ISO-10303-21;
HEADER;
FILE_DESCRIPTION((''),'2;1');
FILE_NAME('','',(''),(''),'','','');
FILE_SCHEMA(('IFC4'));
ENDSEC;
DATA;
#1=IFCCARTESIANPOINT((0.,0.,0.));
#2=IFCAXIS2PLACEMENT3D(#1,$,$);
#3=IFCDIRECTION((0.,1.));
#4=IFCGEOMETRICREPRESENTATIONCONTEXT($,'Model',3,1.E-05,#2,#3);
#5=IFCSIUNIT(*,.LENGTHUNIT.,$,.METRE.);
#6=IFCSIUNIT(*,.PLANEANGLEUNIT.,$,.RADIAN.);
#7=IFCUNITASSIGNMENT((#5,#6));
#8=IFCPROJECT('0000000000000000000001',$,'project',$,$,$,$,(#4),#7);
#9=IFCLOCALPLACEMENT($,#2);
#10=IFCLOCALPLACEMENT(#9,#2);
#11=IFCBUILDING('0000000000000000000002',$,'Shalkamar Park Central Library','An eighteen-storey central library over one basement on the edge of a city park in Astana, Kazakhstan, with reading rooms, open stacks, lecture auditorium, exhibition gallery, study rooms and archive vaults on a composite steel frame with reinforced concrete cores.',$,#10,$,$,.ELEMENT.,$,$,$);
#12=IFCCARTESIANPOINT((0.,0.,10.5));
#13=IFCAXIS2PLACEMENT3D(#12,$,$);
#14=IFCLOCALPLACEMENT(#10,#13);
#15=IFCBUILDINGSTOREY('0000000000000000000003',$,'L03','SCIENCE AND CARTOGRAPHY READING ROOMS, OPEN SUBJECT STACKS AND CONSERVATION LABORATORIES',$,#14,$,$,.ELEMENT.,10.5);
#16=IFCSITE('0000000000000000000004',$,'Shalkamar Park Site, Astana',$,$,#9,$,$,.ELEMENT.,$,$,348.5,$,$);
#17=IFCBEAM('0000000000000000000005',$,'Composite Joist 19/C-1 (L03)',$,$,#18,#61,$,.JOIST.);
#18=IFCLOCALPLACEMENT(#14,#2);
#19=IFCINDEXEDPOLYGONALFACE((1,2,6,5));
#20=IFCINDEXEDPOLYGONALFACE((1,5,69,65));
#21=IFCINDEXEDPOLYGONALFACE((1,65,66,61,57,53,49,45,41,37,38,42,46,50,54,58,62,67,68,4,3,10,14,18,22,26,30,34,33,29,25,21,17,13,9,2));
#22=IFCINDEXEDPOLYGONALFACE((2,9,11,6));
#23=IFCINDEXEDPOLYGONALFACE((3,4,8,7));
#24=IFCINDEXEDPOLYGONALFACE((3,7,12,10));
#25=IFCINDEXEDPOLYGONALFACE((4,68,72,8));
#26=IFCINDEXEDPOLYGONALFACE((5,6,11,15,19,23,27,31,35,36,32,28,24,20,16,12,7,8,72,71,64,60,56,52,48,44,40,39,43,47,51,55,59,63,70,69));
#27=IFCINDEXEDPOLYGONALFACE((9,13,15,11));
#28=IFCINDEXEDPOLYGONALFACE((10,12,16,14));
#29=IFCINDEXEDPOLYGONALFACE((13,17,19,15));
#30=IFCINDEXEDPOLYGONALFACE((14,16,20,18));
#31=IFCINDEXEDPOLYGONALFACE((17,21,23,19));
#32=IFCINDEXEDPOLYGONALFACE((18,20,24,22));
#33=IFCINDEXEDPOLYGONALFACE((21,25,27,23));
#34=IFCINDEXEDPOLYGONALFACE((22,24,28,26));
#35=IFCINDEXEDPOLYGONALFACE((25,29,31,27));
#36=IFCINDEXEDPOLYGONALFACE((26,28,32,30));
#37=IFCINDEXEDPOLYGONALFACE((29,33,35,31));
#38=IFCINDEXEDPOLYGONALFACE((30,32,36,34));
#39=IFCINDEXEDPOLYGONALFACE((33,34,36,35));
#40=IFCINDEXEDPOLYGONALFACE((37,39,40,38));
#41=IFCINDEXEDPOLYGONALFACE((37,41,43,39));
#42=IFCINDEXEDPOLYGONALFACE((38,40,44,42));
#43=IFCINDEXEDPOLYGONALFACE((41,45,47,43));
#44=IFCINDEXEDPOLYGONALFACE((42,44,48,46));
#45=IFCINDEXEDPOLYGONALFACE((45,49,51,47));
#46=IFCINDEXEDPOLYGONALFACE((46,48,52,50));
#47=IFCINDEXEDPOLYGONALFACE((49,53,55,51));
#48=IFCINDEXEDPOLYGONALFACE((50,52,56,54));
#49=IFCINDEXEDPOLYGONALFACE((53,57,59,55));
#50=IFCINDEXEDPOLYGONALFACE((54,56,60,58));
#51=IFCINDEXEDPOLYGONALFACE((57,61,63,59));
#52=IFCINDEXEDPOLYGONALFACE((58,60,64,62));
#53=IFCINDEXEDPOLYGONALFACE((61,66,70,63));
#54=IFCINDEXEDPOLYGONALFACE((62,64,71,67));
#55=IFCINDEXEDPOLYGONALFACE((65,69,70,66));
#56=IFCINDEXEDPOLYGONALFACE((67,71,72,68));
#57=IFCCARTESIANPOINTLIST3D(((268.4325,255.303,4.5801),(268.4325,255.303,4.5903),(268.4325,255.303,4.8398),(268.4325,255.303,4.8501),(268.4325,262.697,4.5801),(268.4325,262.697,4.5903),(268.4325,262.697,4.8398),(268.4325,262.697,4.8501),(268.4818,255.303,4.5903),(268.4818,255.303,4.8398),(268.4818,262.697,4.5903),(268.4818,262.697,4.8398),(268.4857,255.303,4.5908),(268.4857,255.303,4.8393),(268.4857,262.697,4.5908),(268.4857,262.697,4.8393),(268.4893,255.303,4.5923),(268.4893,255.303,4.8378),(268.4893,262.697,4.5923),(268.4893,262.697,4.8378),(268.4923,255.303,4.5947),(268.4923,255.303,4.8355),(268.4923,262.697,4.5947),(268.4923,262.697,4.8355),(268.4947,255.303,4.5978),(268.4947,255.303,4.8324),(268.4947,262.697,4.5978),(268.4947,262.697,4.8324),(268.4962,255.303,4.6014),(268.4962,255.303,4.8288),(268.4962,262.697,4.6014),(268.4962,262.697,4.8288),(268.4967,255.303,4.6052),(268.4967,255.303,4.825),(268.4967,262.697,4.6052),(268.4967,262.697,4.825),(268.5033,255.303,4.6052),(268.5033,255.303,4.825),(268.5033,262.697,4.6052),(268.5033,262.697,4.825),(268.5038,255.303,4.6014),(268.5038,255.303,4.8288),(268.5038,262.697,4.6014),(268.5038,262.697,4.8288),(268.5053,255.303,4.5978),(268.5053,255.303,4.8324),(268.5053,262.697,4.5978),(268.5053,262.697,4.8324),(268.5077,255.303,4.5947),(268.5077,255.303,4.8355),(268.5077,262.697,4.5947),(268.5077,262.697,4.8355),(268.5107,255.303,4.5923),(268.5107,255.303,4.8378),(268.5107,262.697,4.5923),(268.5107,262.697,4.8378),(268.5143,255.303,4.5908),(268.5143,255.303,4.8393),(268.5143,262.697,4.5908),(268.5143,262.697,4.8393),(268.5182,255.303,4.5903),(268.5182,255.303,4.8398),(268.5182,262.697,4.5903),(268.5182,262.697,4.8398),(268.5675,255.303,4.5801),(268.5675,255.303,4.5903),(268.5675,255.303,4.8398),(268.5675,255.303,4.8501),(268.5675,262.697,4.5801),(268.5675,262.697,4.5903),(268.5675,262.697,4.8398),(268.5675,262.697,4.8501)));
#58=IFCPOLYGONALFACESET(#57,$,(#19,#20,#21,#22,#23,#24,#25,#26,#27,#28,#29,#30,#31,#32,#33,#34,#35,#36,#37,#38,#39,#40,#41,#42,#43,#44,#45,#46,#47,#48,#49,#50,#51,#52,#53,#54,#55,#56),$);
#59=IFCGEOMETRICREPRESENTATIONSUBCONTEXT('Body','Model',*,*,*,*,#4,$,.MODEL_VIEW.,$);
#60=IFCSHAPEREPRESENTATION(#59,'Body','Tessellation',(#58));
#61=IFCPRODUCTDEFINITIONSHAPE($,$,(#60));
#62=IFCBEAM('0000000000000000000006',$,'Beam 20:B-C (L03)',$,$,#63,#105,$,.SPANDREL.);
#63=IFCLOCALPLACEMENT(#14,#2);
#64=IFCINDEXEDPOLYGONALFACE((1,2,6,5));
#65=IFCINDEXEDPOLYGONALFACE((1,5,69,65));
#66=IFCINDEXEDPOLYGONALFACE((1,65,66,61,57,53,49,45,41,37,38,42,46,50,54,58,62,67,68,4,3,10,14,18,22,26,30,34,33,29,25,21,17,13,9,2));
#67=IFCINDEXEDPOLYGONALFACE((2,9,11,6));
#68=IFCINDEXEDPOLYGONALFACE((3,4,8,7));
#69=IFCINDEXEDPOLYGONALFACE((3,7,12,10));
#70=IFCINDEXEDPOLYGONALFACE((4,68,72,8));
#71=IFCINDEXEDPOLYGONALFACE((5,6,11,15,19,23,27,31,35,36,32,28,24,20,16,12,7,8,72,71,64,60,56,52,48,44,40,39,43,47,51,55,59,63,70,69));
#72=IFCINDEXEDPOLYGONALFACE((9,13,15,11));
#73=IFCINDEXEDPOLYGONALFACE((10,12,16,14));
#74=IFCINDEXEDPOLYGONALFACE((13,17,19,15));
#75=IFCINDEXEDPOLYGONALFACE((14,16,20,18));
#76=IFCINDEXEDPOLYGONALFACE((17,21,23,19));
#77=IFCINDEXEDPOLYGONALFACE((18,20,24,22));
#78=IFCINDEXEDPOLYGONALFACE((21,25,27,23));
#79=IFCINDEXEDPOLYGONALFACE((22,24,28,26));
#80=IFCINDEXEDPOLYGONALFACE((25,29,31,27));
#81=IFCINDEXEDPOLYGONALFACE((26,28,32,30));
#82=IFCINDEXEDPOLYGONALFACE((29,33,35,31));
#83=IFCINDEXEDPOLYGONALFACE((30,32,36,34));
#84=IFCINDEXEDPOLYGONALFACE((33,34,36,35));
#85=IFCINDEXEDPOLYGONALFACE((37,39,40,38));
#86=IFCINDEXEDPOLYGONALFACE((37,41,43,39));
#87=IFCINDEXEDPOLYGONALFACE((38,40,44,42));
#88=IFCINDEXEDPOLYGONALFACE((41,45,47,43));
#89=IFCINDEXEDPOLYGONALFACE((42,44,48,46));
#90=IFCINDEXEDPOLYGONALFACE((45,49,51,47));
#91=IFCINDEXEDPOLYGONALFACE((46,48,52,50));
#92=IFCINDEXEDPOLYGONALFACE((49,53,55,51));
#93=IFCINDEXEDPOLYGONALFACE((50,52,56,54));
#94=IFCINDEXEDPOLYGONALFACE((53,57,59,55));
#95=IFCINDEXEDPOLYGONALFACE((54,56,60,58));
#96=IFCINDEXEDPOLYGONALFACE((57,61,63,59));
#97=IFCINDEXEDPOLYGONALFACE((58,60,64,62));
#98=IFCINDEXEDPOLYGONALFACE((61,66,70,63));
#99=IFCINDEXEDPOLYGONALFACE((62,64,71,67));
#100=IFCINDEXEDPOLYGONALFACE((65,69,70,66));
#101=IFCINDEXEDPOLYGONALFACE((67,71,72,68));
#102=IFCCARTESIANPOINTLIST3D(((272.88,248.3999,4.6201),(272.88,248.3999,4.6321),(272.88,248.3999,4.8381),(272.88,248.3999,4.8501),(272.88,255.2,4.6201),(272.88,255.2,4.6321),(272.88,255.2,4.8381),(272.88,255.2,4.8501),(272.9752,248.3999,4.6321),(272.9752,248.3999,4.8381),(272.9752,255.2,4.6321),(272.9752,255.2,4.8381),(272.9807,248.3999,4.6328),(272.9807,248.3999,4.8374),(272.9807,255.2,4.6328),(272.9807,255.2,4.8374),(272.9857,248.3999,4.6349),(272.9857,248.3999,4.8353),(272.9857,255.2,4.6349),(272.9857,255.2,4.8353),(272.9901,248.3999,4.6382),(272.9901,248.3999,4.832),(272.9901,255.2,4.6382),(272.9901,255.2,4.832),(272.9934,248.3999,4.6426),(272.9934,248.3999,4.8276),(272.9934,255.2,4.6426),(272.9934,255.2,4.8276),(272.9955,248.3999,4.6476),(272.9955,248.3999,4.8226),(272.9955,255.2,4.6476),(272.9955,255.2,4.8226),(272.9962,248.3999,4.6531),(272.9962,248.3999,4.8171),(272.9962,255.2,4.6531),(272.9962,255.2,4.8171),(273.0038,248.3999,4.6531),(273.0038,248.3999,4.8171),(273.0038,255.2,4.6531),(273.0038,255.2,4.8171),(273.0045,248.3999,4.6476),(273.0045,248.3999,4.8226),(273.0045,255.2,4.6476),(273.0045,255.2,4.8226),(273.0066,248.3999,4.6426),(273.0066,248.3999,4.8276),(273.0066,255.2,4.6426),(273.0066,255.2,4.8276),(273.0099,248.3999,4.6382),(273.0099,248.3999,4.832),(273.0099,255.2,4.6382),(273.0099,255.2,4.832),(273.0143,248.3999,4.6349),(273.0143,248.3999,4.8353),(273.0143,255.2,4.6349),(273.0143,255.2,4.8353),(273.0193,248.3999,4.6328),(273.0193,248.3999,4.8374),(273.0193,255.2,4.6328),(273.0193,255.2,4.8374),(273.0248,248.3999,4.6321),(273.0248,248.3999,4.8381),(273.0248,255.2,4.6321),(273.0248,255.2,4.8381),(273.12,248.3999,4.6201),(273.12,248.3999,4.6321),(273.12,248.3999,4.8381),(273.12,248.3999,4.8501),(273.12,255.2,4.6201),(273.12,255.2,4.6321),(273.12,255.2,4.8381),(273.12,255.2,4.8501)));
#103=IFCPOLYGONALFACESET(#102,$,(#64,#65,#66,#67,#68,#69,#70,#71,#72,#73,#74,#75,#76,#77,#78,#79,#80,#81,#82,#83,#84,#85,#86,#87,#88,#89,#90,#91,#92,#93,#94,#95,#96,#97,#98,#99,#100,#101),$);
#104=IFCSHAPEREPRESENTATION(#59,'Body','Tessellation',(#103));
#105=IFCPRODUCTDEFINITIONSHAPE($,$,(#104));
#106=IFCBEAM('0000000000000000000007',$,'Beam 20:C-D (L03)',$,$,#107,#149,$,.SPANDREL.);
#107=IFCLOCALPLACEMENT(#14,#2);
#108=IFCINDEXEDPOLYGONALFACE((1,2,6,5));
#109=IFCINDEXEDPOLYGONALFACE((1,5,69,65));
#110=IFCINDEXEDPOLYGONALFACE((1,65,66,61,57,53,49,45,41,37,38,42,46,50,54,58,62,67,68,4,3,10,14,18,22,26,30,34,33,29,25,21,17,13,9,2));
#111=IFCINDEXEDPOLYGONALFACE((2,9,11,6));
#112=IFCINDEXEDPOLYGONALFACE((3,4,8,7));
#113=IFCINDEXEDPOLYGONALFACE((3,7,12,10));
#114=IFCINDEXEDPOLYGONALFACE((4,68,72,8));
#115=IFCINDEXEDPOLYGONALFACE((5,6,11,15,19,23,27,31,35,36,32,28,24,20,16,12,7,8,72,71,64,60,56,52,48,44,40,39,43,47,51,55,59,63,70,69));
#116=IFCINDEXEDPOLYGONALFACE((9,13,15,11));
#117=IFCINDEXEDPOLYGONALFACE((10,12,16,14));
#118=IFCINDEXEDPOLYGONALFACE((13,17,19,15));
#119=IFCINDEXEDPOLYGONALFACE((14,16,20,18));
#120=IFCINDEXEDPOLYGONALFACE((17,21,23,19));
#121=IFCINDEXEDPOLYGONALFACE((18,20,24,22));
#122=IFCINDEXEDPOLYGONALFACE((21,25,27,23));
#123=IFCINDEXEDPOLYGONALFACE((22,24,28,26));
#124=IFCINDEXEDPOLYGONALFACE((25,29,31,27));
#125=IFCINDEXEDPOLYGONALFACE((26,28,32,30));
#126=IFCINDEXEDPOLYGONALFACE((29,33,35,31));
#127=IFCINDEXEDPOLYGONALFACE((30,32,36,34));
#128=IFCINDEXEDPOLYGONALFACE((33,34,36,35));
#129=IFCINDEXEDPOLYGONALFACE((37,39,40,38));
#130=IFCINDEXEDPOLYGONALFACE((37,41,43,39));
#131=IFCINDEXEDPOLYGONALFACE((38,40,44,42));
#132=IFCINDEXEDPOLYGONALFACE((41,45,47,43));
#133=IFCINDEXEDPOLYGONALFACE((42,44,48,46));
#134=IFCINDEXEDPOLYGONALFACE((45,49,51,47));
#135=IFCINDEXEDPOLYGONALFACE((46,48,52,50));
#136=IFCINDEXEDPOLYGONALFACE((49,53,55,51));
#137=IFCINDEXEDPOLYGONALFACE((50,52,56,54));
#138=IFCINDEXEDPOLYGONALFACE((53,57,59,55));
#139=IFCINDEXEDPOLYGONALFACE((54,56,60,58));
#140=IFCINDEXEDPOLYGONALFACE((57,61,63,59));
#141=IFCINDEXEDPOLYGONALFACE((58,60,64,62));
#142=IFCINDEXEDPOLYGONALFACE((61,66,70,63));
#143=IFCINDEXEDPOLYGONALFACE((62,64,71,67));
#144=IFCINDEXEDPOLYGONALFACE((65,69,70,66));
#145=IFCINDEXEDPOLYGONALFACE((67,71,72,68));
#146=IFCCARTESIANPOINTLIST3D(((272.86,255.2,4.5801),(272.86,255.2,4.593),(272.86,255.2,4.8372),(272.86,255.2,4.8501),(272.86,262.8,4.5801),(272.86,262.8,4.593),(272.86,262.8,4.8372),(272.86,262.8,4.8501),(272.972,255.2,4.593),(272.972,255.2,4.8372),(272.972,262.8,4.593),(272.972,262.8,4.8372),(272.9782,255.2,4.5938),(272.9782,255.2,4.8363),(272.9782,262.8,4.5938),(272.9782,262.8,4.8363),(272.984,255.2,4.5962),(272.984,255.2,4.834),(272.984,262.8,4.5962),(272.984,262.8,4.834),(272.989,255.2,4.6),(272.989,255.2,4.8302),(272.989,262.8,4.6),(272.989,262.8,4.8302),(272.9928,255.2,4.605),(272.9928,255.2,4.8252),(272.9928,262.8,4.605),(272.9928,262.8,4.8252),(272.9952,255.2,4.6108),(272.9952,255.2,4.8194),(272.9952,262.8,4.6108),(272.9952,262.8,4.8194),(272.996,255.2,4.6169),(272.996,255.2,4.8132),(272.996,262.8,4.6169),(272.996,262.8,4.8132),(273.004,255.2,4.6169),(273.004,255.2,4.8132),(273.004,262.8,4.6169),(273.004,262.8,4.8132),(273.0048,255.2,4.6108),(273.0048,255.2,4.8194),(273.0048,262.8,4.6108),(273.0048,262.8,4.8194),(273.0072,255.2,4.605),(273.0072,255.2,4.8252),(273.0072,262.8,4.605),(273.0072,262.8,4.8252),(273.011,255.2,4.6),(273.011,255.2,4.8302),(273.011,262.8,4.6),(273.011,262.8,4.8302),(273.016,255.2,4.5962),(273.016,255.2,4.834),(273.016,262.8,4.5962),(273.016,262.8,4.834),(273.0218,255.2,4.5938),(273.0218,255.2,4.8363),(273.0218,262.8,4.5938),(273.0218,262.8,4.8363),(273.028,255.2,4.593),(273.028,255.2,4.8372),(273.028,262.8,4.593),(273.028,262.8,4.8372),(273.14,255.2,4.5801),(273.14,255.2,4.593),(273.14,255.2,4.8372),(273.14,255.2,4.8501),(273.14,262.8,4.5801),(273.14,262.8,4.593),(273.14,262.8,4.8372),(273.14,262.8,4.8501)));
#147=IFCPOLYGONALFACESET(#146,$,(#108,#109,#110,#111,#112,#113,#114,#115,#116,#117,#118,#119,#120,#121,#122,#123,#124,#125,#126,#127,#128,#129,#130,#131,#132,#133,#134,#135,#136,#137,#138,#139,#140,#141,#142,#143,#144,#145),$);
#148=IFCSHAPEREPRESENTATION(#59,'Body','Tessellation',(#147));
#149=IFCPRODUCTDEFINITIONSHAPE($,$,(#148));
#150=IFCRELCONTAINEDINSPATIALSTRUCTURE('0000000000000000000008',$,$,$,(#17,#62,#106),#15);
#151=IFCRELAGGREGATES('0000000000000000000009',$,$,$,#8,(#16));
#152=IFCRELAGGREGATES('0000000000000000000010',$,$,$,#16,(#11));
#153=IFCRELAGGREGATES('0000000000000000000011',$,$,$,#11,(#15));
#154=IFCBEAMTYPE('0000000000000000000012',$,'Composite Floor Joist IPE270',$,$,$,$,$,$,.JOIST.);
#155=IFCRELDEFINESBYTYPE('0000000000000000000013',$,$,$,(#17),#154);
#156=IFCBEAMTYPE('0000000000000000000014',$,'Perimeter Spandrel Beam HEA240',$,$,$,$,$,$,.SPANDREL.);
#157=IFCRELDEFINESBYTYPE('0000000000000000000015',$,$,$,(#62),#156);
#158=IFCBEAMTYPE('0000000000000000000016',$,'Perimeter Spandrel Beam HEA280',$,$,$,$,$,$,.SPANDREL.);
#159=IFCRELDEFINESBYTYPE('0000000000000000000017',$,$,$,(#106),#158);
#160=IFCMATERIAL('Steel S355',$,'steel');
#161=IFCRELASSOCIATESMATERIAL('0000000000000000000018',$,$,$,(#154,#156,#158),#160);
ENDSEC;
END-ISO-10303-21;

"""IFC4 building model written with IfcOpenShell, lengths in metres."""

from ifc_helpers import new_model, si_unit, direction, frame, origin, origin_2d, place, context, subcontext, project, spatial, i_section, extrude, material, material_profile, profile_set, type_object, element, save


model = new_model("IFC4")

# Units and contexts
model_context = context("Model", 3, precision=1e-05, world=origin(), true_north=direction((0.0, 1.0)))
body_context = subcontext(model_context, "Body", "Model", "MODEL_VIEW")
ifc_project = project(units=[si_unit("LENGTHUNIT", "METRE"), si_unit("PLANEANGLEUNIT", "RADIAN")], contexts=[model_context])

# Site, building, storey
site_placement = place(None, origin())
site = spatial("IfcSite", under=ifc_project, at=site_placement, Name="Shalkamar Park Site, Astana", CompositionType="ELEMENT", RefElevation=348.5)
building_placement = place(site_placement, origin())
building = spatial("IfcBuilding", under=site, at=building_placement, Name="Shalkamar Park Central Library", Description="An eighteen-storey central library over one basement on the edge of a city park in Astana, Kazakhstan, with reading rooms, open stacks, lecture auditorium, exhibition gallery, study rooms and archive vaults on a composite steel frame with reinforced concrete cores.", CompositionType="ELEMENT")
storey_placement = place(building_placement, frame((0.0, 0.0, 10.5)))
storey = spatial("IfcBuildingStorey", under=building, at=storey_placement, Name="L03", Description="SCIENCE AND CARTOGRAPHY READING ROOMS, OPEN SUBJECT STACKS AND CONSERVATION LABORATORIES", CompositionType="ELEMENT", Elevation=10.5)

# Shared definitions
ifc_material_1 = material(Name="Steel S355", Category="steel")

# Beams
ifc_material_profile_1 = material_profile(ifc_material_1, i_section(OverallWidth=0.135, OverallDepth=0.27, WebThickness=0.0066, FlangeThickness=0.0103, FilletRadius=0.0149, at=origin_2d()), Name="IPE 270")
ifc_profile_set_1 = profile_set([ifc_material_profile_1], Name="Steel S355")
beam_type_1 = type_object("IfcBeamType", Name="Composite Floor Joist IPE270", PredefinedType="JOIST", material=ifc_profile_set_1)
for number, where, z_axis, x_axis, name in (
    (1, (268.5, 255.303, 4.7151), (0.0, 1.0, 0.0), (-1.0, 0.0, 0.0), "Composite Joist 19/C-1 (L03)"),
):
    element("IfcBeam", number, at=place(storey_placement, frame(where, z_axis=z_axis, x_axis=x_axis)), inside=storey, type_object=beam_type_1, Name=name, PredefinedType="JOIST", context=body_context, shape_type="SweptSolid", body=[
        extrude(i_section(OverallWidth=0.135, OverallDepth=0.27, WebThickness=0.0066, FlangeThickness=0.0103, FilletRadius=0.0149, at=origin_2d()), origin(), (0.0, 0.0, 1.0), 7.394),
    ])
ifc_material_profile_2 = material_profile(ifc_material_1, i_section(OverallWidth=0.24, OverallDepth=0.23, WebThickness=0.0076, FlangeThickness=0.012, FilletRadius=0.021, at=origin_2d()), Name="HEA 240")
ifc_profile_set_2 = profile_set([ifc_material_profile_2], Name="Steel S355")
beam_type_2 = type_object("IfcBeamType", Name="Perimeter Spandrel Beam HEA240", PredefinedType="SPANDREL", material=ifc_profile_set_2)
beam_1_placement = place(storey_placement, frame((273.0, 248.3999, 4.7351), z_axis=(0.0, 1.0, 0.0), x_axis=(-1.0, 0.0, 0.0)))
element("IfcBeam", 2, at=beam_1_placement, inside=storey, type_object=beam_type_2, Name="Beam 20:B-C (L03)", PredefinedType="SPANDREL", context=body_context, shape_type="SweptSolid", body=[
    extrude(i_section(OverallWidth=0.24, OverallDepth=0.23, WebThickness=0.0076, FlangeThickness=0.012, FilletRadius=0.021, at=origin_2d()), origin(), (0.0, 0.0, 1.0), 6.8),
])
ifc_material_profile_3 = material_profile(ifc_material_1, i_section(OverallWidth=0.28, OverallDepth=0.27, WebThickness=0.0081, FlangeThickness=0.0129, FilletRadius=0.0239, at=origin_2d()), Name="HEA 280")
ifc_profile_set_3 = profile_set([ifc_material_profile_3], Name="Steel S355")
beam_type_3 = type_object("IfcBeamType", Name="Perimeter Spandrel Beam HEA280", PredefinedType="SPANDREL", material=ifc_profile_set_3)
beam_2_placement = place(storey_placement, frame((273.0, 255.2, 4.7151), z_axis=(0.0, 1.0, 0.0), x_axis=(-1.0, 0.0, 0.0)))
element("IfcBeam", 3, at=beam_2_placement, inside=storey, type_object=beam_type_3, Name="Beam 20:C-D (L03)", PredefinedType="SPANDREL", context=body_context, shape_type="SweptSolid", body=[
    extrude(i_section(OverallWidth=0.28, OverallDepth=0.27, WebThickness=0.0081, FlangeThickness=0.0129, FilletRadius=0.0239, at=origin_2d()), origin(), (0.0, 0.0, 1.0), 7.6001),
])

save(model, "model.ifc")
